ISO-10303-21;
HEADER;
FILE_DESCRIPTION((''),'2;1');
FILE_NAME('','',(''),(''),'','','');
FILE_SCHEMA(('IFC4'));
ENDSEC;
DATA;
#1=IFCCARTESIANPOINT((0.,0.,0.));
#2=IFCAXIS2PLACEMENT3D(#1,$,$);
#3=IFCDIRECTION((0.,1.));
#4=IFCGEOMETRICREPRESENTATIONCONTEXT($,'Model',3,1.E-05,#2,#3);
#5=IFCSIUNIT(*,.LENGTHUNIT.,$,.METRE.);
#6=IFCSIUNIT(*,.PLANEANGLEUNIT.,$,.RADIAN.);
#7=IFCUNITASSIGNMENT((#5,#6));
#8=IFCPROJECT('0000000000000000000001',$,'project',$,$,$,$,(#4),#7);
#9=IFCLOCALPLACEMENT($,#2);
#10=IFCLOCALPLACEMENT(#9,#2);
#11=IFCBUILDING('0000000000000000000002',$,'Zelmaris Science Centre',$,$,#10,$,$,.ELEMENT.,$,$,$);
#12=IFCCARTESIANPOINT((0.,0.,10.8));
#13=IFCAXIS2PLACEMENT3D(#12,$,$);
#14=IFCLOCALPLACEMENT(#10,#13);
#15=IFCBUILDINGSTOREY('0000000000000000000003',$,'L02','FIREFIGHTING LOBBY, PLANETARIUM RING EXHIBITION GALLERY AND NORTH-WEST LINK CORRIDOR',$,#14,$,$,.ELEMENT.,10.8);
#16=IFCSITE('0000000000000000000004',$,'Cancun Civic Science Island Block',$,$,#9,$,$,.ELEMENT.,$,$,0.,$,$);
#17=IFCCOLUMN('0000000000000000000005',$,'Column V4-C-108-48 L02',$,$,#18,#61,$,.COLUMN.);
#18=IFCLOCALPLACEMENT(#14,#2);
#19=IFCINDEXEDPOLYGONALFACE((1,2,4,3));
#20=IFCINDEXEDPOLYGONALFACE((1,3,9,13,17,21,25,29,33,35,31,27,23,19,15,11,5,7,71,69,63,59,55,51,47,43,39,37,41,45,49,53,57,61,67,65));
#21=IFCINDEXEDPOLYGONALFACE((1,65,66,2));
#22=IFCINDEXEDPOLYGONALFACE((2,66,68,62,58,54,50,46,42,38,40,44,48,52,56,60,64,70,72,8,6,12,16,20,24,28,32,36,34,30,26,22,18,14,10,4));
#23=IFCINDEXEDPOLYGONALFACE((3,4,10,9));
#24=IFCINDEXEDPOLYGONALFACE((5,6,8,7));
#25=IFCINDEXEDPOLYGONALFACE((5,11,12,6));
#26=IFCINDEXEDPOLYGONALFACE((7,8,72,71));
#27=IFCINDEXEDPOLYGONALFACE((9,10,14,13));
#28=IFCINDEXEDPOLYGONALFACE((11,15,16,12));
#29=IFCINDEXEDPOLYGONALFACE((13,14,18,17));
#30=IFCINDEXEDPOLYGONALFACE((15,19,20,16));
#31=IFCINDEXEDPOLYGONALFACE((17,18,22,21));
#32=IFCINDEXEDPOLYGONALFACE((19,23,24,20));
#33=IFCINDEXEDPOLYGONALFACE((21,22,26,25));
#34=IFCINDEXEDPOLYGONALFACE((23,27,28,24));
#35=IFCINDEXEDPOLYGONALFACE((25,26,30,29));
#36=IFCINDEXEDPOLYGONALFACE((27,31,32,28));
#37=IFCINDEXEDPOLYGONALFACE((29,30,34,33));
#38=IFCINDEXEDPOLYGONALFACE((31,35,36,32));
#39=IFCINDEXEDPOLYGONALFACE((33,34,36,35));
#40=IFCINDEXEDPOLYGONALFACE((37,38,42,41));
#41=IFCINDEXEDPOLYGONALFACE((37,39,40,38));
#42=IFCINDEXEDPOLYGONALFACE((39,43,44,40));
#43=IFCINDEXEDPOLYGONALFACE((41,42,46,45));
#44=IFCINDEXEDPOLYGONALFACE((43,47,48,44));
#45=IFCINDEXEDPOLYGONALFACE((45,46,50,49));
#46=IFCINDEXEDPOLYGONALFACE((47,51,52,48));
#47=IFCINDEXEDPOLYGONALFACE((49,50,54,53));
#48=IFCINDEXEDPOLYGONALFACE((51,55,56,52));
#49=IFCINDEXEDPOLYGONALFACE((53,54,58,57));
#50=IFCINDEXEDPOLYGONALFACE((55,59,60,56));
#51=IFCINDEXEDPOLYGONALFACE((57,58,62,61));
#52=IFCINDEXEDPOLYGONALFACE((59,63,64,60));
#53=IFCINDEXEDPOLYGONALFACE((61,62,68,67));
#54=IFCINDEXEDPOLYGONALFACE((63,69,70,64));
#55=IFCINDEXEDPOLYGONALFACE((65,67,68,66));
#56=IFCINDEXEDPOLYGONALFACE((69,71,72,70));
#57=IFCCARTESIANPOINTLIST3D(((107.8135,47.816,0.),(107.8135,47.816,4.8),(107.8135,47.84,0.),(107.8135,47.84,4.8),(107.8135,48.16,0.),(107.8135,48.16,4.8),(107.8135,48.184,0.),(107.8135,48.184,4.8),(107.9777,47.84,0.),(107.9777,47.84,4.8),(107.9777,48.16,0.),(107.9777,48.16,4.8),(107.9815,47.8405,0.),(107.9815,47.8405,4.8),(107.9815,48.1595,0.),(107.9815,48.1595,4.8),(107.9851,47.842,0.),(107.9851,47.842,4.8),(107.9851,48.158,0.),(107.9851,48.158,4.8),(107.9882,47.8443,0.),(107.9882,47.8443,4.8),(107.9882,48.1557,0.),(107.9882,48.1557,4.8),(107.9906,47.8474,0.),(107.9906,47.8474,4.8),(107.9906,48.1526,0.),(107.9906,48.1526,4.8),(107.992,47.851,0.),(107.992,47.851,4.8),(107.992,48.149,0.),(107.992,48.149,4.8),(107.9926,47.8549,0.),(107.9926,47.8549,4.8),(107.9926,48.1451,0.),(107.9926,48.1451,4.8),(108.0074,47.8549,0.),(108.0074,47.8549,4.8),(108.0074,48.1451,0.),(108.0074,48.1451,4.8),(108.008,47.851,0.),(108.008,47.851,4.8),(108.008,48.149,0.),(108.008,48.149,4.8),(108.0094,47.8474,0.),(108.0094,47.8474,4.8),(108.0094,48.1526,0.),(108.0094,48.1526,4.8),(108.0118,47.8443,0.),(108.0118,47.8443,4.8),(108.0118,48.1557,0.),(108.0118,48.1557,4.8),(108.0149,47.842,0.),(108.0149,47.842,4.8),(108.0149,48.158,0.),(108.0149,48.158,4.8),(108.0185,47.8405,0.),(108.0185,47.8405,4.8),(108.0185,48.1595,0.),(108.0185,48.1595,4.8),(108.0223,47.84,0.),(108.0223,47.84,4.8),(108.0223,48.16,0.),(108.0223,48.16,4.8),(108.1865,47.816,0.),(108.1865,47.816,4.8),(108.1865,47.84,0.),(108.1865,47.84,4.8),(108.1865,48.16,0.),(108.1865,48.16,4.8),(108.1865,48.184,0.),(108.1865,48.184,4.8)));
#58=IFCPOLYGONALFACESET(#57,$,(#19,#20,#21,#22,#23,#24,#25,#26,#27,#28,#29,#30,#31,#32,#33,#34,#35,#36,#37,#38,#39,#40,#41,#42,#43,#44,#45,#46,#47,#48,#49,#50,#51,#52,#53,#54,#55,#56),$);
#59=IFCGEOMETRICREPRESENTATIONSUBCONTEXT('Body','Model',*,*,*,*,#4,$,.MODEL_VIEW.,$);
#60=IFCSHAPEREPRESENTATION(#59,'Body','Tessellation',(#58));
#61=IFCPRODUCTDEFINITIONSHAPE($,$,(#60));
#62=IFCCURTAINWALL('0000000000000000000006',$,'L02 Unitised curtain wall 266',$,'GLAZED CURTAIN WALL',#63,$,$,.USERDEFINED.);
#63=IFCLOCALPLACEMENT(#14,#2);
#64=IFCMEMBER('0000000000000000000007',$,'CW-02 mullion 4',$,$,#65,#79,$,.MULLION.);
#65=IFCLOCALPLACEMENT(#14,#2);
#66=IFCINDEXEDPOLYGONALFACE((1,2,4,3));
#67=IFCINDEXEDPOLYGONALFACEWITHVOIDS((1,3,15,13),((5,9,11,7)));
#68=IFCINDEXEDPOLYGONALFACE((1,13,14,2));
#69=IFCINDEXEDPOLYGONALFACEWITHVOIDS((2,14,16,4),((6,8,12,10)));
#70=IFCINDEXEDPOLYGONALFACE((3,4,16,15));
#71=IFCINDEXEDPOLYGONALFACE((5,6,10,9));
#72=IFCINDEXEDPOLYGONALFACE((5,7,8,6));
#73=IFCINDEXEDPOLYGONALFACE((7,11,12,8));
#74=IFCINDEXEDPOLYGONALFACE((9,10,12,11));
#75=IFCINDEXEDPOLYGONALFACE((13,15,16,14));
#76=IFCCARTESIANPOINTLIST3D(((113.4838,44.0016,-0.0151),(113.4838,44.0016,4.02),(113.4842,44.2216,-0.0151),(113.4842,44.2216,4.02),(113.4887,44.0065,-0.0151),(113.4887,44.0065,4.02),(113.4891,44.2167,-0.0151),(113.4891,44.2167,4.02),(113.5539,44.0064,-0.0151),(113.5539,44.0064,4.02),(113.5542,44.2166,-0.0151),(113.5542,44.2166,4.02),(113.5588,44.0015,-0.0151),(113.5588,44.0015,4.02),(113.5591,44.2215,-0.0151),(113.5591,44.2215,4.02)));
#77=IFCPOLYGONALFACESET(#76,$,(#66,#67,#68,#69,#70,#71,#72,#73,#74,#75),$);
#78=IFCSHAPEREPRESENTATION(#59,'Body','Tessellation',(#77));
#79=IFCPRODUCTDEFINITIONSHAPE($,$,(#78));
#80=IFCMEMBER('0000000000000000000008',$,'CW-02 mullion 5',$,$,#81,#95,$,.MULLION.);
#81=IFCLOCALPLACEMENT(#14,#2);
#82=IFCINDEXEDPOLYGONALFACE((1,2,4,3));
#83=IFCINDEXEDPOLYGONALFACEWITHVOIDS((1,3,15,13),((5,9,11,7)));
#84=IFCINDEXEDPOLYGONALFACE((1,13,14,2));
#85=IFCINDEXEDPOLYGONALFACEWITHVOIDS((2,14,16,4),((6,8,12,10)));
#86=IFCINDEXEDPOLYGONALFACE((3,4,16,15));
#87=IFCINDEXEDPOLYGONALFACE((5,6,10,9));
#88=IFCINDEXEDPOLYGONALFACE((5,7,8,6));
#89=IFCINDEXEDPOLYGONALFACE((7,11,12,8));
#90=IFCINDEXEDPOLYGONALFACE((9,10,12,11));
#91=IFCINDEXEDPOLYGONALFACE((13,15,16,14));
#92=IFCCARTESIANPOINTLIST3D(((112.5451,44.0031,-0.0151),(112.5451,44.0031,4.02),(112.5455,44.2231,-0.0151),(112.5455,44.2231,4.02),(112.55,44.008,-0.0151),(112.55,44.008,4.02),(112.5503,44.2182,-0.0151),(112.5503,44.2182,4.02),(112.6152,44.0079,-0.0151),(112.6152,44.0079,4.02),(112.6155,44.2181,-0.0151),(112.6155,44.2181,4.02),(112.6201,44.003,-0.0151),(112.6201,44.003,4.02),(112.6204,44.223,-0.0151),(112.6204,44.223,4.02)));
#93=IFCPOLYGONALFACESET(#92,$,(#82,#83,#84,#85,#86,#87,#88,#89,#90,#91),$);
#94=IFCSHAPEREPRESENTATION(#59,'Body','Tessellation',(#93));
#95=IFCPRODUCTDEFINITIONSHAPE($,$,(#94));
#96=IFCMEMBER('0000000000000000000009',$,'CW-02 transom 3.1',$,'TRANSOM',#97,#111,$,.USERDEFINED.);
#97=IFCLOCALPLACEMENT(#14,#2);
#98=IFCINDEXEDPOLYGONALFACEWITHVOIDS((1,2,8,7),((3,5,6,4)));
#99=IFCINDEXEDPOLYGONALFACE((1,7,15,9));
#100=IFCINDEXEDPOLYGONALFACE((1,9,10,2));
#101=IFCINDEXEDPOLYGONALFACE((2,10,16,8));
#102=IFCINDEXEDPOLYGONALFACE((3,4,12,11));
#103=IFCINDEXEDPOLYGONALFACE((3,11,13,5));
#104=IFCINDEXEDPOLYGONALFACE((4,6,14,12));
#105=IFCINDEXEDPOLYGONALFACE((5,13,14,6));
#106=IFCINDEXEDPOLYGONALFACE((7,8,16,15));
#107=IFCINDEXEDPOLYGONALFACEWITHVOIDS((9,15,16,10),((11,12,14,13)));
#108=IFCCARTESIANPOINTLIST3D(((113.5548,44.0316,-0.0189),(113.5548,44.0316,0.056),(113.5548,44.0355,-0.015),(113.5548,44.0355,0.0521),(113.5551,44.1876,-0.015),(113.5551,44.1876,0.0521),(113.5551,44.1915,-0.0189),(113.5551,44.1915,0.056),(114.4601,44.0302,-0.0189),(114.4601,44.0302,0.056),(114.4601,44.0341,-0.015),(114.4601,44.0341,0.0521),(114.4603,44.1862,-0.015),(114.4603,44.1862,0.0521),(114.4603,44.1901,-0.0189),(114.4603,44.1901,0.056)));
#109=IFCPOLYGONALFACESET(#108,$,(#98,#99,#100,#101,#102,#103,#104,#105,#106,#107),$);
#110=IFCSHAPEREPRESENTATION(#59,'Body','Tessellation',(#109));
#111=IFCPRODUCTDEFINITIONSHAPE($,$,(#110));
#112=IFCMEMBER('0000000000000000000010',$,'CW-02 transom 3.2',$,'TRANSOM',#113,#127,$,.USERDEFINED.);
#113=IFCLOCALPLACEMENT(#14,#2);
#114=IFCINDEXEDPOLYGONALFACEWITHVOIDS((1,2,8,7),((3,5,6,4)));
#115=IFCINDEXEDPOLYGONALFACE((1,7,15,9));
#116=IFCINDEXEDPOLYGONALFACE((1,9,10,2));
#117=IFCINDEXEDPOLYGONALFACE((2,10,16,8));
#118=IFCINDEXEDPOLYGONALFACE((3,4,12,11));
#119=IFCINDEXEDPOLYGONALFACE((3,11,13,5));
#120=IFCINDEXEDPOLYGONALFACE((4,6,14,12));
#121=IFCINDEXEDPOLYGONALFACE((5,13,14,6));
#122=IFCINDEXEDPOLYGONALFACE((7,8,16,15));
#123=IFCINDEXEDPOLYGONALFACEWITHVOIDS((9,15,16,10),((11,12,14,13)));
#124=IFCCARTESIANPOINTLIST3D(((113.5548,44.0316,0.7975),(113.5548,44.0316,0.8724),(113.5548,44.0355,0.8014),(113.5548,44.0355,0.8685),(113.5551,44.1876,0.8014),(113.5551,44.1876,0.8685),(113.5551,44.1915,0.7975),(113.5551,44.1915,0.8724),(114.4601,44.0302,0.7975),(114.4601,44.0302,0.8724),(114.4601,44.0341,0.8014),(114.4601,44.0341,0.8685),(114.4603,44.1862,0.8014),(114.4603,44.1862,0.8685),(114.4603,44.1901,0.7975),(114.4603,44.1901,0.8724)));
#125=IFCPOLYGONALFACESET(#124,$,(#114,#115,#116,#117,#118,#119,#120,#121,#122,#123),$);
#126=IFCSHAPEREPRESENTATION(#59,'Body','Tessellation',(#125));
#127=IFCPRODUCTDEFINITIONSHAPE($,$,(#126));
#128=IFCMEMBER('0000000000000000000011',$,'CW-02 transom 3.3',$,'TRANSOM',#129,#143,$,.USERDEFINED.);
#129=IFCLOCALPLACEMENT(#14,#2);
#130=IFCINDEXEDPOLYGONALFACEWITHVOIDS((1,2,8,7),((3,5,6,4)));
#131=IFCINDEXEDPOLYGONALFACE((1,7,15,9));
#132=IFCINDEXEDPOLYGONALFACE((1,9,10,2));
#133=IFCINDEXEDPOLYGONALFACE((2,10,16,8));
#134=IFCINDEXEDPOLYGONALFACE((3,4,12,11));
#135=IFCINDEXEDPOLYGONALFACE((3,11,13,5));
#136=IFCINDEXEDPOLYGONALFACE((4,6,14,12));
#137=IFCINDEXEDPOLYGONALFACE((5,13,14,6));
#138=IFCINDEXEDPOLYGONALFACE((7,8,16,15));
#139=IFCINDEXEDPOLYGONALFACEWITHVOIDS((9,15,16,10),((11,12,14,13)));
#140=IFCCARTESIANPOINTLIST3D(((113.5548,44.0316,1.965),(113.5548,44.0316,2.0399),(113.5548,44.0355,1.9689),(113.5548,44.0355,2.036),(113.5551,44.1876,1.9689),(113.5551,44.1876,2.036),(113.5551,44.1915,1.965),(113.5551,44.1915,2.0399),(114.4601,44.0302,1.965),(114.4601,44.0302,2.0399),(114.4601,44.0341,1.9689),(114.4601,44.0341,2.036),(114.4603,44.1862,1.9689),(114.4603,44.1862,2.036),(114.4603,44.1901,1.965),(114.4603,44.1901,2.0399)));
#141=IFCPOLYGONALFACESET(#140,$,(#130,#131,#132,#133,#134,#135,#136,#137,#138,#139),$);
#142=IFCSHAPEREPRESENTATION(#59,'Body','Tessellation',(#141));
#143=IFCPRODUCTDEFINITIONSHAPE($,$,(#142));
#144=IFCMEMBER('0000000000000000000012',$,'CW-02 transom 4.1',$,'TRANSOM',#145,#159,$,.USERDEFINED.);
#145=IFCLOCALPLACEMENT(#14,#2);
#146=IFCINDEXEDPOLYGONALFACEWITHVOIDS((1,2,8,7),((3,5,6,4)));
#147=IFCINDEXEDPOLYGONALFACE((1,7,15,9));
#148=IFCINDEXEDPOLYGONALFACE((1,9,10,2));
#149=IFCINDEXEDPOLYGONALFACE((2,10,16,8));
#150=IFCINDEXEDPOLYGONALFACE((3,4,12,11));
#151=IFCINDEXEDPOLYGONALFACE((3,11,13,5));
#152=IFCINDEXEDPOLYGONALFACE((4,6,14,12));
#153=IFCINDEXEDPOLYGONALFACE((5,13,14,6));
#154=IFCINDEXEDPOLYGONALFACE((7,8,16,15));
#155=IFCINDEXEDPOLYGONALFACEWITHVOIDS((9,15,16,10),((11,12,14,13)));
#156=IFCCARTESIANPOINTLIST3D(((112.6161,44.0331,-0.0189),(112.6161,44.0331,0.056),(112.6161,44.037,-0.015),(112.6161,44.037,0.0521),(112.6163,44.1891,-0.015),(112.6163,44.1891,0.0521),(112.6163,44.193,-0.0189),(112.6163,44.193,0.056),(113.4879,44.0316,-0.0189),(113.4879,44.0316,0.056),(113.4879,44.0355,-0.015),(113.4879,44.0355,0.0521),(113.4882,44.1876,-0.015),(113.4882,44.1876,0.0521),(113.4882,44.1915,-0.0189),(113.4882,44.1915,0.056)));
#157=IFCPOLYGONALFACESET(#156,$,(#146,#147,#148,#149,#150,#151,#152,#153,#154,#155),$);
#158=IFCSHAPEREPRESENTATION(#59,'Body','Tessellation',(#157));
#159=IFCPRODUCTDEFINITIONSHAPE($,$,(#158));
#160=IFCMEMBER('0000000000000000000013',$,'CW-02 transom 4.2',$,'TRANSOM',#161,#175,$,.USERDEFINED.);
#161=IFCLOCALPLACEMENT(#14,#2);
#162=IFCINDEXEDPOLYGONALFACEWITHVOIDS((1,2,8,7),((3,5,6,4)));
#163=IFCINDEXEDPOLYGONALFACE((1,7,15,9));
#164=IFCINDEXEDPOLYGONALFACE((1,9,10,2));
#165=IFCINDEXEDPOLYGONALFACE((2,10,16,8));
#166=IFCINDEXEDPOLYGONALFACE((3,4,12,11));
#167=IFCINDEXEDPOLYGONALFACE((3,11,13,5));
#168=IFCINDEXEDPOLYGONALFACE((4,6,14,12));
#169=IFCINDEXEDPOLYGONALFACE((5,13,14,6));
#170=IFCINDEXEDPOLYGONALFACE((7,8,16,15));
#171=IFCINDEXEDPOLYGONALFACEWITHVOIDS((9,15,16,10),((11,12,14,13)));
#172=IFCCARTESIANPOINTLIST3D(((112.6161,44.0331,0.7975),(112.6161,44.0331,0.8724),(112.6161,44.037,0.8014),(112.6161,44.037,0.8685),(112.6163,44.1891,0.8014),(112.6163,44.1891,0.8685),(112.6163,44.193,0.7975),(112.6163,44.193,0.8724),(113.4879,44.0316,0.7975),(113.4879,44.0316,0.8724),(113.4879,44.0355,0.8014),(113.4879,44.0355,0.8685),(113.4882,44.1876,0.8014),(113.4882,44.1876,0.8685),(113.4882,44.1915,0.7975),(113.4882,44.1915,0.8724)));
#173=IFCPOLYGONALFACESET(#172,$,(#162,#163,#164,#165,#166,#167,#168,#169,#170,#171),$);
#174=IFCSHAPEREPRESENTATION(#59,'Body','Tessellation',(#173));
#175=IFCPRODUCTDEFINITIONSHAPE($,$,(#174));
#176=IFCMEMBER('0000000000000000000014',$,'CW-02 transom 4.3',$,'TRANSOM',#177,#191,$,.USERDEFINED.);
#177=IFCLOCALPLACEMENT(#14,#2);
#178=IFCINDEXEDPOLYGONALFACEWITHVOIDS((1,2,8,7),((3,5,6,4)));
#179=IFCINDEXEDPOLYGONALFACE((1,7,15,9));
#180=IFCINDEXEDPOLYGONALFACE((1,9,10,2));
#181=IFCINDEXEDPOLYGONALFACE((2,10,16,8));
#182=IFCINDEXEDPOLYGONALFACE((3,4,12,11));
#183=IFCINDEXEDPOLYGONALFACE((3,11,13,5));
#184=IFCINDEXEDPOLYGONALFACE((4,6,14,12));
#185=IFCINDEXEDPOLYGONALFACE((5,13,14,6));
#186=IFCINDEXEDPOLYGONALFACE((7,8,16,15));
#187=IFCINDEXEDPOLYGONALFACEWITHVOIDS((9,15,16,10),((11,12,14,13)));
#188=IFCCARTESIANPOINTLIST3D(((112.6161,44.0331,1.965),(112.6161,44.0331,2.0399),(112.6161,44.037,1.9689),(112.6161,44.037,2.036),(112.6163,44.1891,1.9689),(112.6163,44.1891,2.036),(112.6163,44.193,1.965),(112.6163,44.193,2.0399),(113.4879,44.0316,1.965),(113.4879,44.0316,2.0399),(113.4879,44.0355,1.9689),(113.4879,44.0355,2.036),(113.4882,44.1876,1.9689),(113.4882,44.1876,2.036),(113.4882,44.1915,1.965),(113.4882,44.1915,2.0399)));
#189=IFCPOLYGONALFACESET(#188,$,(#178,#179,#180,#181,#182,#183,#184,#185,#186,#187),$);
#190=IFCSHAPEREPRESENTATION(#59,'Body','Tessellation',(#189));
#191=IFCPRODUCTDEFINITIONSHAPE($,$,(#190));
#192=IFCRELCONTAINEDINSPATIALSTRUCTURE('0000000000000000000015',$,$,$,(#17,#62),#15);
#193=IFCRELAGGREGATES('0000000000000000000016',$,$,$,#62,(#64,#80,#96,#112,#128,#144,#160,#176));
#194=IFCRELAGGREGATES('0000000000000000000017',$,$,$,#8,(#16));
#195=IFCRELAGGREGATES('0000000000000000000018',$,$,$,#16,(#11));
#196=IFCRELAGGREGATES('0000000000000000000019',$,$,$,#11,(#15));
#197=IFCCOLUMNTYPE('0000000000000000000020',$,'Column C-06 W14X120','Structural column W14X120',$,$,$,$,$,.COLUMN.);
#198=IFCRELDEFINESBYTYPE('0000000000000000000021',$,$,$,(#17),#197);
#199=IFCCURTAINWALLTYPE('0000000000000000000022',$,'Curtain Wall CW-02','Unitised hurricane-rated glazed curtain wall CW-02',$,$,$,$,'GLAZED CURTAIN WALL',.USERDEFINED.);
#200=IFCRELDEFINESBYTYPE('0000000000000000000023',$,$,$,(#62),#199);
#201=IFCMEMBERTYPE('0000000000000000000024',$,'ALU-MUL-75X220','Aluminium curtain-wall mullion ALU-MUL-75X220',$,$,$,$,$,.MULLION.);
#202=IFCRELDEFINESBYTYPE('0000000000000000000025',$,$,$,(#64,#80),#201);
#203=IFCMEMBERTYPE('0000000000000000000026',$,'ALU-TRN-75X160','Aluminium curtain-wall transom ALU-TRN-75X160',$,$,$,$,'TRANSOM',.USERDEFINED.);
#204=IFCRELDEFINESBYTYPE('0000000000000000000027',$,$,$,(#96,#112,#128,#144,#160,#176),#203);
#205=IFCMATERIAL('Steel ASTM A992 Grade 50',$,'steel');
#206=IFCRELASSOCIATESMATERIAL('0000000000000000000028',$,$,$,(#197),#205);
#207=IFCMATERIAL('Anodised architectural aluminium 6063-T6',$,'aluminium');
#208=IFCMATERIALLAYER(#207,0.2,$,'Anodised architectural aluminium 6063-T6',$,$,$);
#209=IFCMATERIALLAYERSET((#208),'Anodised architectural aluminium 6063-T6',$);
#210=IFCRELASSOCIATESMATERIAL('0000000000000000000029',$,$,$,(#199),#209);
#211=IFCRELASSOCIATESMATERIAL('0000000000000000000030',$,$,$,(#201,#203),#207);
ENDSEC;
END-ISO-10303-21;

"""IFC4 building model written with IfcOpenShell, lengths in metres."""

from ifc_helpers import new_model, si_unit, direction, frame, origin, origin_2d, place, context, subcontext, project, spatial, hollow_rectangle, i_section, extrude, material, layer, layer_set, material_profile, profile_set, type_object, element, aggregate, save


model = new_model("IFC4")

# Units and contexts
model_context = context("Model", 3, precision=1e-05, world=origin(), true_north=direction((0.0, 1.0)))
body_context = subcontext(model_context, "Body", "Model", "MODEL_VIEW")
ifc_project = project(units=[si_unit("LENGTHUNIT", "METRE"), si_unit("PLANEANGLEUNIT", "RADIAN")], contexts=[model_context])

# Site, building, storey
site_placement = place(None, origin())
site = spatial("IfcSite", under=ifc_project, at=site_placement, Name="Cancun Civic Science Island Block", CompositionType="ELEMENT", RefElevation=0.0)
building_placement = place(site_placement, origin())
building = spatial("IfcBuilding", under=site, at=building_placement, Name="Zelmaris Science Centre", CompositionType="ELEMENT")
storey_placement = place(building_placement, frame((0.0, 0.0, 10.8)))
storey = spatial("IfcBuildingStorey", under=building, at=storey_placement, Name="L02", Description="FIREFIGHTING LOBBY, PLANETARIUM RING EXHIBITION GALLERY AND NORTH-WEST LINK CORRIDOR", CompositionType="ELEMENT", Elevation=10.8)

# Column
ifc_material_1 = material(Name="Steel ASTM A992 Grade 50", Category="steel")
ifc_material_profile_1 = material_profile(ifc_material_1, i_section(OverallWidth=0.373, OverallDepth=0.3679, WebThickness=0.0149, FlangeThickness=0.0239, FilletRadius=0.0149, at=origin_2d()), Name="W14X120")
ifc_profile_set_1 = profile_set([ifc_material_profile_1], Name="Steel ASTM A992 Grade 50")
column_type = type_object("IfcColumnType", Name="Column C-06 W14X120", Description="Structural column W14X120", PredefinedType="COLUMN", material=ifc_profile_set_1)
column_placement = place(storey_placement, frame((108.0, 48.0, 0.0), z_axis=(0.0, 0.0, 1.0), x_axis=(1.0, 0.0, 0.0)))
element("IfcColumn", 1, at=column_placement, inside=storey, type_object=column_type, Name="Column V4-C-108-48 L02", PredefinedType="COLUMN", context=body_context, shape_type="SweptSolid", body=[
    extrude(i_section(OverallWidth=0.373, OverallDepth=0.3679, WebThickness=0.0149, FlangeThickness=0.0239, FilletRadius=0.0149, at=origin_2d()), origin(), (0.0, 0.0, 1.0), 4.8),
])

# Curtain wall, members
ifc_material_2 = material(Name="Anodised architectural aluminium 6063-T6", Category="aluminium")
ifc_layer_1 = layer(ifc_material_2, 0.2, Name="Anodised architectural aluminium 6063-T6")
ifc_layer_set_1 = layer_set([ifc_layer_1], Name="Anodised architectural aluminium 6063-T6")
curtain_wall_type = type_object("IfcCurtainWallType", Name="Curtain Wall CW-02", Description="Unitised hurricane-rated glazed curtain wall CW-02", ElementType="GLAZED CURTAIN WALL", PredefinedType="USERDEFINED", material=ifc_layer_set_1)
curtain_wall_placement = place(storey_placement, origin())
curtain_wall = element("IfcCurtainWall", 2, at=curtain_wall_placement, inside=storey, type_object=curtain_wall_type, Name="L02 Unitised curtain wall 266", ObjectType="GLAZED CURTAIN WALL", PredefinedType="USERDEFINED")
ifc_material_profile_2 = material_profile(ifc_material_2, hollow_rectangle(XDim=0.075, YDim=0.22, WallThickness=0.0049, at=origin_2d()), Name="ALU-MUL-75X220")
ifc_profile_set_2 = profile_set([ifc_material_profile_2], Name="Anodised architectural aluminium 6063-T6")
member_type_1 = type_object("IfcMemberType", Name="ALU-MUL-75X220", Description="Aluminium curtain-wall mullion ALU-MUL-75X220", PredefinedType="MULLION", material=ifc_profile_set_2)
member_1_placement = place(storey_placement, frame((113.5215, 44.1116, -0.0151), z_axis=(0.0, 0.0, 1.0), x_axis=(-0.999999, 0.001525, 0.0)))
member_1 = element("IfcMember", 3, at=member_1_placement, type_object=member_type_1, Name="CW-02 mullion 4", PredefinedType="MULLION", context=body_context, shape_type="SweptSolid", body=[
    extrude(hollow_rectangle(XDim=0.075, YDim=0.22, WallThickness=0.0049, at=origin_2d()), origin(), (0.0, 0.0, 1.0), 4.0352),
])
member_2_placement = place(storey_placement, frame((112.5828, 44.113, -0.0151), z_axis=(0.0, 0.0, 1.0), x_axis=(-0.999999, 0.001525, 0.0)))
member_2 = element("IfcMember", 4, at=member_2_placement, type_object=member_type_1, Name="CW-02 mullion 5", PredefinedType="MULLION", context=body_context, shape_type="SweptSolid", body=[
    extrude(hollow_rectangle(XDim=0.075, YDim=0.22, WallThickness=0.0049, at=origin_2d()), origin(), (0.0, 0.0, 1.0), 4.0352),
])
ifc_material_profile_3 = material_profile(ifc_material_2, hollow_rectangle(XDim=0.075, YDim=0.1599, WallThickness=0.0039, at=origin_2d()), Name="ALU-TRN-75X160")
ifc_profile_set_3 = profile_set([ifc_material_profile_3], Name="Anodised architectural aluminium 6063-T6")
member_type_2 = type_object("IfcMemberType", Name="ALU-TRN-75X160", Description="Aluminium curtain-wall transom ALU-TRN-75X160", ElementType="TRANSOM", PredefinedType="USERDEFINED", material=ifc_profile_set_3)
member_3_placement = place(storey_placement, frame((114.4602, 44.1101, 0.0186), z_axis=(-0.999999, 0.001618, 0.0), x_axis=(0.0, 0.0, 1.0)))
member_3 = element("IfcMember", 5, at=member_3_placement, type_object=member_type_2, Name="CW-02 transom 3.1", ObjectType="TRANSOM", PredefinedType="USERDEFINED", context=body_context, shape_type="SweptSolid", body=[
    extrude(hollow_rectangle(XDim=0.075, YDim=0.1599, WallThickness=0.0039, at=origin_2d()), origin(), (0.0, 0.0, 1.0), 0.9053),
])
member_4_placement = place(storey_placement, frame((114.4602, 44.1101, 0.835), z_axis=(-0.999999, 0.001618, 0.0), x_axis=(0.0, 0.0, 1.0)))
member_4 = element("IfcMember", 6, at=member_4_placement, type_object=member_type_2, Name="CW-02 transom 3.2", ObjectType="TRANSOM", PredefinedType="USERDEFINED", context=body_context, shape_type="SweptSolid", body=[
    extrude(hollow_rectangle(XDim=0.075, YDim=0.1599, WallThickness=0.0039, at=origin_2d()), origin(), (0.0, 0.0, 1.0), 0.9053),
])
member_5_placement = place(storey_placement, frame((114.4602, 44.1101, 2.0024), z_axis=(-0.999999, 0.001618, 0.0), x_axis=(0.0, 0.0, 1.0)))
member_5 = element("IfcMember", 7, at=member_5_placement, type_object=member_type_2, Name="CW-02 transom 3.3", ObjectType="TRANSOM", PredefinedType="USERDEFINED", context=body_context, shape_type="SweptSolid", body=[
    extrude(hollow_rectangle(XDim=0.075, YDim=0.1599, WallThickness=0.0039, at=origin_2d()), origin(), (0.0, 0.0, 1.0), 0.9053),
])
member_6_placement = place(storey_placement, frame((113.488, 44.1116, 0.0186), z_axis=(-0.999999, 0.00168, 0.0), x_axis=(0.0, 0.0, 1.0)))
member_6 = element("IfcMember", 8, at=member_6_placement, type_object=member_type_2, Name="CW-02 transom 4.1", ObjectType="TRANSOM", PredefinedType="USERDEFINED", context=body_context, shape_type="SweptSolid", body=[
    extrude(hollow_rectangle(XDim=0.075, YDim=0.1599, WallThickness=0.0039, at=origin_2d()), origin(), (0.0, 0.0, 1.0), 0.8718),
])
member_7_placement = place(storey_placement, frame((113.488, 44.1116, 0.835), z_axis=(-0.999999, 0.00168, 0.0), x_axis=(0.0, 0.0, 1.0)))
member_7 = element("IfcMember", 9, at=member_7_placement, type_object=member_type_2, Name="CW-02 transom 4.2", ObjectType="TRANSOM", PredefinedType="USERDEFINED", context=body_context, shape_type="SweptSolid", body=[
    extrude(hollow_rectangle(XDim=0.075, YDim=0.1599, WallThickness=0.0039, at=origin_2d()), origin(), (0.0, 0.0, 1.0), 0.8718),
])
member_8_placement = place(storey_placement, frame((113.488, 44.1116, 2.0024), z_axis=(-0.999999, 0.00168, 0.0), x_axis=(0.0, 0.0, 1.0)))
member_8 = element("IfcMember", 10, at=member_8_placement, type_object=member_type_2, Name="CW-02 transom 4.3", ObjectType="TRANSOM", PredefinedType="USERDEFINED", context=body_context, shape_type="SweptSolid", body=[
    extrude(hollow_rectangle(XDim=0.075, YDim=0.1599, WallThickness=0.0039, at=origin_2d()), origin(), (0.0, 0.0, 1.0), 0.8718),
])

aggregate(curtain_wall, [member_1, member_2, member_3, member_4, member_5, member_6, member_7, member_8])

save(model, "model.ifc")
